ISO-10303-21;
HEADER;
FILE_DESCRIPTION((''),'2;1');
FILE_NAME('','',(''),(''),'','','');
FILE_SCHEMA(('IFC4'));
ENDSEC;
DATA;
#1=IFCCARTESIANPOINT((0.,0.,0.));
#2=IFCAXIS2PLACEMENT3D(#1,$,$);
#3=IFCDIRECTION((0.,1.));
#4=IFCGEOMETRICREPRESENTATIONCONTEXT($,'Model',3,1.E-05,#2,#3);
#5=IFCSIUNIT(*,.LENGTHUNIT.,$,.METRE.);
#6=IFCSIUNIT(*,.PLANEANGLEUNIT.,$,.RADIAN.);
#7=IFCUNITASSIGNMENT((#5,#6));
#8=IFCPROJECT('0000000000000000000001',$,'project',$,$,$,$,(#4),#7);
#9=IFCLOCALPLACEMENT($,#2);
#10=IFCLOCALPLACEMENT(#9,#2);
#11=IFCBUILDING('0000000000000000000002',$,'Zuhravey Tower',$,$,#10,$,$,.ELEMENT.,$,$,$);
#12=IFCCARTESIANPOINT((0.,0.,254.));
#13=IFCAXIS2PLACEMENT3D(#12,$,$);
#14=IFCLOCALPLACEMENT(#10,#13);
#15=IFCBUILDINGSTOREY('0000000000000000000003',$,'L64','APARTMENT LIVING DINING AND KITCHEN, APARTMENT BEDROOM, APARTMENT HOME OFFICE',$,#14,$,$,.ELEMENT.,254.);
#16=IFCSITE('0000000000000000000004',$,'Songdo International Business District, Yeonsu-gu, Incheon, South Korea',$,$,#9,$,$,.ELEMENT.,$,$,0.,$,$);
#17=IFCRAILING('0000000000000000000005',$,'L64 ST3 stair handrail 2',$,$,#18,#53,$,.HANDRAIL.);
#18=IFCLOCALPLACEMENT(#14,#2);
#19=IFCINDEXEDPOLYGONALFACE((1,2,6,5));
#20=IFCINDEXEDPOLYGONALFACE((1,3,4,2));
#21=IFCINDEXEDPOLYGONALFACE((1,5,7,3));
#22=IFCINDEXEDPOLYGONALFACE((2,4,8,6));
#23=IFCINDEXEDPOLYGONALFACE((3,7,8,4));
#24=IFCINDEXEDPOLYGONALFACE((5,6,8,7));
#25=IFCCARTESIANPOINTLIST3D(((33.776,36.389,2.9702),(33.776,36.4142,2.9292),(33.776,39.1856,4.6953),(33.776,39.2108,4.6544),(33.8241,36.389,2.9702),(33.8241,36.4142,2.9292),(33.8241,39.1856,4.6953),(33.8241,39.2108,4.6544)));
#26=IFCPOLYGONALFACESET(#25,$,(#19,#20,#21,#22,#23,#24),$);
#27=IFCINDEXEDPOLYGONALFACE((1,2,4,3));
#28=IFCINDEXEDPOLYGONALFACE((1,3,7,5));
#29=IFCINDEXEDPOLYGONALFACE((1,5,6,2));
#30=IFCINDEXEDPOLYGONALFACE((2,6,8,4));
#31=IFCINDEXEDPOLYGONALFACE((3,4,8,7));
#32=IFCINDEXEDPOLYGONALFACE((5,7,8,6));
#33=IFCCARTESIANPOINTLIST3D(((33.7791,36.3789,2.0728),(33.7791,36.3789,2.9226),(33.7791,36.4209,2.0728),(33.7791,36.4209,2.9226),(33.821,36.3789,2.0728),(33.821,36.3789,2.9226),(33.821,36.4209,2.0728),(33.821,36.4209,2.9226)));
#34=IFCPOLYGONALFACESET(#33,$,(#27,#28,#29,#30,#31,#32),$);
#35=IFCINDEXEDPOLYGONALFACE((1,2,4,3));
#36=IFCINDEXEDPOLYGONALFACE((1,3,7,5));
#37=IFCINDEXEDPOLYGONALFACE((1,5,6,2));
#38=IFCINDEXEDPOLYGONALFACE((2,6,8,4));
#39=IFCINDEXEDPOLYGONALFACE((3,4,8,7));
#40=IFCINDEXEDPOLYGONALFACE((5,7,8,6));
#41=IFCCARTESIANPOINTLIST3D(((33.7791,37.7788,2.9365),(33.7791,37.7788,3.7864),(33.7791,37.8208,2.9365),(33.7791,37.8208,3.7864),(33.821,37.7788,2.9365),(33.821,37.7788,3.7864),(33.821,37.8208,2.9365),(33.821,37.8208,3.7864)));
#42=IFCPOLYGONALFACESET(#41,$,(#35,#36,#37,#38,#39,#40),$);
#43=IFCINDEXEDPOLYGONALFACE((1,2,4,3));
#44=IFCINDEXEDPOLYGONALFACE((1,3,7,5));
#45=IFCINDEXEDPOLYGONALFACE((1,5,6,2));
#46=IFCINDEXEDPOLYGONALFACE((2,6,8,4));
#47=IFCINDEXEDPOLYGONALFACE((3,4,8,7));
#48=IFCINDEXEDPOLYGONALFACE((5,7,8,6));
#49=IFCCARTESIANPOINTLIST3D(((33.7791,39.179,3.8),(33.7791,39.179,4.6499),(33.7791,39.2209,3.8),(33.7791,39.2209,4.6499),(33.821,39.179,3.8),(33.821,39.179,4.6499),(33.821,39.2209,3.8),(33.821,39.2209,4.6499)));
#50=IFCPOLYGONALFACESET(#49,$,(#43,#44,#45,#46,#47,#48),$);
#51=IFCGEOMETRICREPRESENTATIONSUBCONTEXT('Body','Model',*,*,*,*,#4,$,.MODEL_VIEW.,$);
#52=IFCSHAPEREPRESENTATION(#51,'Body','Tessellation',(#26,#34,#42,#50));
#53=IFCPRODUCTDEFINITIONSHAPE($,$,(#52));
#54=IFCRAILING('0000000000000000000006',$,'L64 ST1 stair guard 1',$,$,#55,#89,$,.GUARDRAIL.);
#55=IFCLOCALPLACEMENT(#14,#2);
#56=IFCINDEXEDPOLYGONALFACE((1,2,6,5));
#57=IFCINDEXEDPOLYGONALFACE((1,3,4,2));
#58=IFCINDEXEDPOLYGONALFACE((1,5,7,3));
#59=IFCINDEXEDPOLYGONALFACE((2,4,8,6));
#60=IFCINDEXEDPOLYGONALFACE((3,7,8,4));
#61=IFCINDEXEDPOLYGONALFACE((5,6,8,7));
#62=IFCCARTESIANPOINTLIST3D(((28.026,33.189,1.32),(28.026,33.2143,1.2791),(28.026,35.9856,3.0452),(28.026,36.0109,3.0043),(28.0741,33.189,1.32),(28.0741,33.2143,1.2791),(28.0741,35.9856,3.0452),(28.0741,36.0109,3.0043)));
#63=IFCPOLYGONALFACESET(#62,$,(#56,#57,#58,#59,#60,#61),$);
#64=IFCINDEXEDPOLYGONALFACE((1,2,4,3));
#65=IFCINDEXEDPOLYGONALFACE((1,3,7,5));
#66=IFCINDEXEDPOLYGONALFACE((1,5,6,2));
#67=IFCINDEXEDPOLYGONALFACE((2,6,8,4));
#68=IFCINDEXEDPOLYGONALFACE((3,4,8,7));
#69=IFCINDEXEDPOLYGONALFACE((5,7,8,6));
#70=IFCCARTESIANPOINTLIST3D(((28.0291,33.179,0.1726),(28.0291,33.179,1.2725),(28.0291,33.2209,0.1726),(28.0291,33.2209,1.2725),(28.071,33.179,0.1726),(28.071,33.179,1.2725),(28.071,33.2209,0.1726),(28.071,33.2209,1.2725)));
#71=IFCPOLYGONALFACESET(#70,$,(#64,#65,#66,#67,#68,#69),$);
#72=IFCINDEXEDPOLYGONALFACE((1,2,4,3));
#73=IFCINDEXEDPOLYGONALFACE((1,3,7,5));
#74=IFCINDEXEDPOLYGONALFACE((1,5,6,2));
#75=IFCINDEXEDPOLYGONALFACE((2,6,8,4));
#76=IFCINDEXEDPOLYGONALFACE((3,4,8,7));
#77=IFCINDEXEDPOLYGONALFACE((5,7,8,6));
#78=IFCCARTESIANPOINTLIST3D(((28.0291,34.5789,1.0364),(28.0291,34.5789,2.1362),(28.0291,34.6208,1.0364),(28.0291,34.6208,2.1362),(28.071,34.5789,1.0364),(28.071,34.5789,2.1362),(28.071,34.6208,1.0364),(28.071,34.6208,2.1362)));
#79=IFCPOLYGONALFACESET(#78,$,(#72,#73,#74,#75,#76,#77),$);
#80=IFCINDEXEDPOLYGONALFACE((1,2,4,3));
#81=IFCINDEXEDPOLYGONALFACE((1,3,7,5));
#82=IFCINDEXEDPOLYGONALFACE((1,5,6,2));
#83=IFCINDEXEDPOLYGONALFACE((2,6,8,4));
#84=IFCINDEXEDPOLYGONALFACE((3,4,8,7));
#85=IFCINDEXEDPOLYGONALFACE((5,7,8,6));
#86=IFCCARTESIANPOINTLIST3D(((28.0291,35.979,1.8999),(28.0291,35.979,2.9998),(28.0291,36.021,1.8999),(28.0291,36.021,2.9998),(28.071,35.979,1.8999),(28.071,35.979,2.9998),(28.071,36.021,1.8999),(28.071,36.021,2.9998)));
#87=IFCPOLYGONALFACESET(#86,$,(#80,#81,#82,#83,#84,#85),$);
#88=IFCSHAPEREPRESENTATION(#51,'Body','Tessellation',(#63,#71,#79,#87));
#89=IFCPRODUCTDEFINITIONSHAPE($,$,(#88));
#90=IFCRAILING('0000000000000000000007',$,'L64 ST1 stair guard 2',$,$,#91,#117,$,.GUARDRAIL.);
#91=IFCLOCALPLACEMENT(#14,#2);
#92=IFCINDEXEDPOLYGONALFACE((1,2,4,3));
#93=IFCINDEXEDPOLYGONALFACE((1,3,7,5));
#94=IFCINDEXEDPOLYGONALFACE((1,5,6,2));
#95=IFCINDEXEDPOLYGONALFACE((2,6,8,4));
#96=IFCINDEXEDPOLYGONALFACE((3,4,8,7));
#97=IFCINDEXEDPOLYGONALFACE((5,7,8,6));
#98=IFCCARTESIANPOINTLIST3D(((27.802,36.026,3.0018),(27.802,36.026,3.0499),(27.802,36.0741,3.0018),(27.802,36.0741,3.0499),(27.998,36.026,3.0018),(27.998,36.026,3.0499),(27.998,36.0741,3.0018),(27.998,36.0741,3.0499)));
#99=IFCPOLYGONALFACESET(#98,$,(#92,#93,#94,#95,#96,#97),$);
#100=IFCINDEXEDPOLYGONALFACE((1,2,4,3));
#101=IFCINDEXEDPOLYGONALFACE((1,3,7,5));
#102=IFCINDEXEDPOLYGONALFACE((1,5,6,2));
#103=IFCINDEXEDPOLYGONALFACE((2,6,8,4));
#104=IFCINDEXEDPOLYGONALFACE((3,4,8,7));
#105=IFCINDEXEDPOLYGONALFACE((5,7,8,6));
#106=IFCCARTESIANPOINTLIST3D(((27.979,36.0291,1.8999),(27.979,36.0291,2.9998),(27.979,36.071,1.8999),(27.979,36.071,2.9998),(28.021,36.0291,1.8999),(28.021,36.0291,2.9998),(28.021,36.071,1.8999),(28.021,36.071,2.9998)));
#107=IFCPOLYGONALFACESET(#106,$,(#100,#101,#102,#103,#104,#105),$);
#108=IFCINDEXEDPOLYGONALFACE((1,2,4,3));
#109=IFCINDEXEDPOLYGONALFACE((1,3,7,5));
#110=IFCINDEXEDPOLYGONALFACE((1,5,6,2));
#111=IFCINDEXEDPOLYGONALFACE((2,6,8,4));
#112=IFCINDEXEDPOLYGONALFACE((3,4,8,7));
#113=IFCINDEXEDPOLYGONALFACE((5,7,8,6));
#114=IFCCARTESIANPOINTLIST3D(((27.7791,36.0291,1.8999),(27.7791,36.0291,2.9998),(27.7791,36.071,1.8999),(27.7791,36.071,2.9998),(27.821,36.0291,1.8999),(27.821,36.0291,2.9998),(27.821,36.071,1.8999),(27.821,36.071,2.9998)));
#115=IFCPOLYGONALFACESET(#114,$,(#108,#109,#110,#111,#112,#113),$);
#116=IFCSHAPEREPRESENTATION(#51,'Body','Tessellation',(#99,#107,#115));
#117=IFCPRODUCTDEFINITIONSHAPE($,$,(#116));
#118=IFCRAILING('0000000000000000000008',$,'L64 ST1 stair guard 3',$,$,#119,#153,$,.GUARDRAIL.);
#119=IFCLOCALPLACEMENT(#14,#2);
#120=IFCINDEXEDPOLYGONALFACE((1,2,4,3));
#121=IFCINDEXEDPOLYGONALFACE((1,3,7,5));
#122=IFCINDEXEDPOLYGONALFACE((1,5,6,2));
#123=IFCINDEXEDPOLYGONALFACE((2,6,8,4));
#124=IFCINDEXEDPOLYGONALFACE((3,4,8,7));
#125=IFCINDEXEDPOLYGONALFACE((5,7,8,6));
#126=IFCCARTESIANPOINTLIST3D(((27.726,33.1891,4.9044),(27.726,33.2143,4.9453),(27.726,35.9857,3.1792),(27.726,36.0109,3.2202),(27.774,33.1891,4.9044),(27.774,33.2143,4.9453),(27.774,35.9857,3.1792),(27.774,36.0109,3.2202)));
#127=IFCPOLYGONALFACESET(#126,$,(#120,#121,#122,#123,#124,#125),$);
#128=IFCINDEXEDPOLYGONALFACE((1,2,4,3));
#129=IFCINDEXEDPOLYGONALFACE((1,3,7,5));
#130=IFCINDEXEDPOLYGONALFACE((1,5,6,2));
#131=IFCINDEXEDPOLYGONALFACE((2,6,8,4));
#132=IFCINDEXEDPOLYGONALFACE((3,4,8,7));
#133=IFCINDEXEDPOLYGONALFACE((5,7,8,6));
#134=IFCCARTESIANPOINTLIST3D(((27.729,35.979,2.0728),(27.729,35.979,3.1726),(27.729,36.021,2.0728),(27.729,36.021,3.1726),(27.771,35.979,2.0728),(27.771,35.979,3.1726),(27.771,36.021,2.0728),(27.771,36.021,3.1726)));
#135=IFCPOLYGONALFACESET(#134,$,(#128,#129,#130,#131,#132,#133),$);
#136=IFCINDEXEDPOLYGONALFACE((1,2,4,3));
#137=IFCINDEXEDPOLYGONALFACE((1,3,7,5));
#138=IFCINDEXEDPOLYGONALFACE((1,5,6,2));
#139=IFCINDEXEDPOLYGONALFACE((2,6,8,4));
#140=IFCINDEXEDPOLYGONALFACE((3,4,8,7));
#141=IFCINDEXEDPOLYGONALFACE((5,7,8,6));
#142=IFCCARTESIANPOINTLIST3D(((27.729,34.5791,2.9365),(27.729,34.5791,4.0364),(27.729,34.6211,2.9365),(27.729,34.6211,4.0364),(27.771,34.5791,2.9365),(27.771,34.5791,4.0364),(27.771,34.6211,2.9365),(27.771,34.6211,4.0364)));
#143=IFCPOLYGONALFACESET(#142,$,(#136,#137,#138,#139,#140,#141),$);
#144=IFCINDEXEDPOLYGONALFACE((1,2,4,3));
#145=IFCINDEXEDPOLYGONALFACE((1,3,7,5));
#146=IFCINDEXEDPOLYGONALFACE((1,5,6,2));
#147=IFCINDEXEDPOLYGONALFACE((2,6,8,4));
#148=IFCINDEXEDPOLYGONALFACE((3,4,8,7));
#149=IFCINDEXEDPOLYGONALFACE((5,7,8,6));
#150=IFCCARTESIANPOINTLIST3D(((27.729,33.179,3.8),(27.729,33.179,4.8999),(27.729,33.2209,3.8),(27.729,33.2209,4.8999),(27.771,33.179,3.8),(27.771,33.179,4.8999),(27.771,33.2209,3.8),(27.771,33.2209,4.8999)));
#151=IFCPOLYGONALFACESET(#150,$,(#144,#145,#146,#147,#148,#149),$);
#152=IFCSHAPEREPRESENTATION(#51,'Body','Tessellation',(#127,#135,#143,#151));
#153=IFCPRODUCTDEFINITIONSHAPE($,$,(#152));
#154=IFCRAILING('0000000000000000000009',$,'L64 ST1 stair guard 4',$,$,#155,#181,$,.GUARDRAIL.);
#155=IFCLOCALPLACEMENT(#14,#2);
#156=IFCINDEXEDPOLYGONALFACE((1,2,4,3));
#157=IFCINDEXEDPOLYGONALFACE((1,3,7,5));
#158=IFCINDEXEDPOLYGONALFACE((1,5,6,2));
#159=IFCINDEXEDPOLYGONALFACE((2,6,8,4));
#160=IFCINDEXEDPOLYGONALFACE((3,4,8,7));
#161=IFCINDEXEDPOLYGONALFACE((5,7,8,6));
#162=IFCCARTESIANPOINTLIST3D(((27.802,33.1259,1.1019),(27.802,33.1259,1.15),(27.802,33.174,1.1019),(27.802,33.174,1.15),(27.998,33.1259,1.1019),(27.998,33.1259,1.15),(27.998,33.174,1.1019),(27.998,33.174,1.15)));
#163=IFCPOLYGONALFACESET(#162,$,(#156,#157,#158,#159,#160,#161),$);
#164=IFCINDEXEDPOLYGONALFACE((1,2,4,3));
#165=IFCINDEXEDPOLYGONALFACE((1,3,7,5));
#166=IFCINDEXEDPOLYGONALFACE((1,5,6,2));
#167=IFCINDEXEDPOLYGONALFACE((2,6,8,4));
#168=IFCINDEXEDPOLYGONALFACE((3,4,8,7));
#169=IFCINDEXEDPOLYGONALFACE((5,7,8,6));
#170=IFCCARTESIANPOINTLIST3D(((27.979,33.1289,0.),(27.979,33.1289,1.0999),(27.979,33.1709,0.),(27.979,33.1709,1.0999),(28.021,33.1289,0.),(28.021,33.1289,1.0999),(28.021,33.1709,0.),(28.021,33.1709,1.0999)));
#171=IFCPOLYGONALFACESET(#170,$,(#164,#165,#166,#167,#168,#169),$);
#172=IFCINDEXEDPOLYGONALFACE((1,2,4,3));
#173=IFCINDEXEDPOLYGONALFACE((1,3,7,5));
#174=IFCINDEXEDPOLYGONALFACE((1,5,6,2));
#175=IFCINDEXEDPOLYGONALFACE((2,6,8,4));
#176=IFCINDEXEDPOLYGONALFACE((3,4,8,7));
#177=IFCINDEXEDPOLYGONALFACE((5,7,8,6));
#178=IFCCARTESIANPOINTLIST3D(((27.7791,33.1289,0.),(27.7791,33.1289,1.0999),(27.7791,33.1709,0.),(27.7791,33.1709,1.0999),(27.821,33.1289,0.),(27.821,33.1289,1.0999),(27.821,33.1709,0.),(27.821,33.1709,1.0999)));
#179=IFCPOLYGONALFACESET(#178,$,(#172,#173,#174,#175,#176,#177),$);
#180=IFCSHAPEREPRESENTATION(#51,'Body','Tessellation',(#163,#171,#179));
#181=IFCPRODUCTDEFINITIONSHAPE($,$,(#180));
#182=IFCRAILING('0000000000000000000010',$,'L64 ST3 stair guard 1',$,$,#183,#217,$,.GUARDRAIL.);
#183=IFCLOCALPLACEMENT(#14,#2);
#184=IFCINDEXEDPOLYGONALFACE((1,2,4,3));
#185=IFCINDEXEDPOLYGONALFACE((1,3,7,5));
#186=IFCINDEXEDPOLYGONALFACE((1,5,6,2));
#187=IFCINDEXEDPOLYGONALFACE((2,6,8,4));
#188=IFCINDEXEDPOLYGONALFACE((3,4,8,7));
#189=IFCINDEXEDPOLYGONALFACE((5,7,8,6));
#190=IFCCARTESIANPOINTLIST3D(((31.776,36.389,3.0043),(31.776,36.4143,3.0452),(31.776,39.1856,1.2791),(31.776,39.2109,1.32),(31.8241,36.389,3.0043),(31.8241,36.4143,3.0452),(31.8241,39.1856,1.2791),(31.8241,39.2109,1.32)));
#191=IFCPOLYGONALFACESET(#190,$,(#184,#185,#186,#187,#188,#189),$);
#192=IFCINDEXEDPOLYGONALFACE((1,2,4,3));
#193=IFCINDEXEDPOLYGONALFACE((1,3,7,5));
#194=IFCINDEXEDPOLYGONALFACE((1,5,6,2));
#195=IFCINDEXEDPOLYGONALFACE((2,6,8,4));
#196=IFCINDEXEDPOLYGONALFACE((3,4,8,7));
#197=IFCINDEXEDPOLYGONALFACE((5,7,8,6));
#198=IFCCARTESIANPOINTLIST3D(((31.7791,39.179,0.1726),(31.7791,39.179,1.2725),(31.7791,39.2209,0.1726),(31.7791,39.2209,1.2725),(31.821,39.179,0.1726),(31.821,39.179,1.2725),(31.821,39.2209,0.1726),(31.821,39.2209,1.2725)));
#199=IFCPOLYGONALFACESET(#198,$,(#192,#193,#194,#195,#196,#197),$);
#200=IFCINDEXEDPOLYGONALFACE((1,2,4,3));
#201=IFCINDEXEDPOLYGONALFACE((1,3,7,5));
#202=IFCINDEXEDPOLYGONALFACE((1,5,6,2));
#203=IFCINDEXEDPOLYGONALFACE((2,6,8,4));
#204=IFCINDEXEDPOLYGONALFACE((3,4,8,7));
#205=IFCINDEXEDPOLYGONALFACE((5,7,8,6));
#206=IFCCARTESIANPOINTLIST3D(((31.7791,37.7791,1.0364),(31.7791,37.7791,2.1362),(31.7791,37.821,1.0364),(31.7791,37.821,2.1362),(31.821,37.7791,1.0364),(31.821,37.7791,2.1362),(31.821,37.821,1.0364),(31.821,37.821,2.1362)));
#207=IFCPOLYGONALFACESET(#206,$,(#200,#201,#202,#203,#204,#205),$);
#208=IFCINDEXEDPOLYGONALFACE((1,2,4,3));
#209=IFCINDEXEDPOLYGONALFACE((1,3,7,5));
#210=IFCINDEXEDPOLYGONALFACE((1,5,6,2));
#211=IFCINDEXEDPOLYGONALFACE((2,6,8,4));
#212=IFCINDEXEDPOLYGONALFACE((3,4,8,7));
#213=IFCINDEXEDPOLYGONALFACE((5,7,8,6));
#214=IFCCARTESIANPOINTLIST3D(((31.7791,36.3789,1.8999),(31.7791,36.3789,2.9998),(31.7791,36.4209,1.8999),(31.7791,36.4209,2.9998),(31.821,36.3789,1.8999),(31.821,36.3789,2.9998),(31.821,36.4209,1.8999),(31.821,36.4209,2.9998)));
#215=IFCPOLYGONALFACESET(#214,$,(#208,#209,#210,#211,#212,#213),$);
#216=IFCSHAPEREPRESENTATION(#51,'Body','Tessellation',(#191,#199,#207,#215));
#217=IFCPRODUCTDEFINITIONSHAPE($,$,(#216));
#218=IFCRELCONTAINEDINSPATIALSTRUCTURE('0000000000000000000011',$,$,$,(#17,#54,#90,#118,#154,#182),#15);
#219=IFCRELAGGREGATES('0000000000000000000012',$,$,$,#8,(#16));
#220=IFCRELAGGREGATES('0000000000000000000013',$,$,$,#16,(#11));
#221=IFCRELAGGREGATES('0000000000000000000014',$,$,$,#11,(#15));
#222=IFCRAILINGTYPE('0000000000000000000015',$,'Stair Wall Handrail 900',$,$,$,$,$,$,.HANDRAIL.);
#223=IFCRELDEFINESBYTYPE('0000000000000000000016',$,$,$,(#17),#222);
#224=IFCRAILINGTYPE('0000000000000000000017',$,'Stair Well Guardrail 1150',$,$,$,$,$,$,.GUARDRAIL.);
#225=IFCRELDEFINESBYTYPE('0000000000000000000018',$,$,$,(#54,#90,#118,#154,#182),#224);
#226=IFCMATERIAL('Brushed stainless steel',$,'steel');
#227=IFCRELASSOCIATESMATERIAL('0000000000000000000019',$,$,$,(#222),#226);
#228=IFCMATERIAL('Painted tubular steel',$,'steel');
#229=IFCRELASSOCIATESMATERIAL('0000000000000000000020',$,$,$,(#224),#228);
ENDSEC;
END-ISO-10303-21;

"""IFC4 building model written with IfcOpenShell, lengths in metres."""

from ifc_helpers import new_model, si_unit, direction, frame, origin, origin_2d, place, context, subcontext, project, spatial, rectangle, extrude, material, type_object, element, save


model = new_model("IFC4")

# Units and contexts
model_context = context("Model", 3, precision=1e-05, world=origin(), true_north=direction((0.0, 1.0)))
body_context = subcontext(model_context, "Body", "Model", "MODEL_VIEW")
ifc_project = project(units=[si_unit("LENGTHUNIT", "METRE"), si_unit("PLANEANGLEUNIT", "RADIAN")], contexts=[model_context])

# Site, building, storey
site_placement = place(None, origin())
site = spatial("IfcSite", under=ifc_project, at=site_placement, Name="Songdo International Business District, Yeonsu-gu, Incheon, South Korea", CompositionType="ELEMENT", RefElevation=0.0)
building_placement = place(site_placement, origin())
building = spatial("IfcBuilding", under=site, at=building_placement, Name="Zuhravey Tower", CompositionType="ELEMENT")
storey_placement = place(building_placement, frame((0.0, 0.0, 254.0)))
storey = spatial("IfcBuildingStorey", under=building, at=storey_placement, Name="L64", Description="APARTMENT LIVING DINING AND KITCHEN, APARTMENT BEDROOM, APARTMENT HOME OFFICE", CompositionType="ELEMENT", Elevation=254.0)

# Railings
ifc_material_1 = material(Name="Brushed stainless steel", Category="steel")
railing_type_1 = type_object("IfcRailingType", Name="Stair Wall Handrail 900", PredefinedType="HANDRAIL", material=ifc_material_1)
railing_1_placement = place(storey_placement, frame((33.8, 36.3999, 2.0728)))
element("IfcRailing", 1, at=railing_1_placement, inside=storey, type_object=railing_type_1, Name="L64 ST3 stair handrail 2", PredefinedType="HANDRAIL", context=body_context, shape_type="SweptSolid", body=[
    extrude(rectangle(XDim=0.0481, YDim=0.0481, at=origin_2d()), frame((0.0, 0.0017, 0.877), z_axis=(0.0, 0.85109, 0.52502), x_axis=(-1.0, 0.0, 0.0)), (0.0, 0.0, 1.0), 3.2859),
    extrude(rectangle(XDim=0.042, YDim=0.042, at=origin_2d()), origin(), (0.0, 0.0, 1.0), 0.8499),
    extrude(rectangle(XDim=0.042, YDim=0.042, at=origin_2d()), frame((0.0, 1.3999, 0.8638)), (0.0, 0.0, 1.0), 0.8499),
    extrude(rectangle(XDim=0.042, YDim=0.042, at=origin_2d()), frame((0.0, 2.8, 1.7273)), (0.0, 0.0, 1.0), 0.8499),
])
ifc_material_2 = material(Name="Painted tubular steel", Category="steel")
railing_type_2 = type_object("IfcRailingType", Name="Stair Well Guardrail 1150", PredefinedType="GUARDRAIL", material=ifc_material_2)
railing_2_placement = place(storey_placement, frame((28.05, 33.2, 0.1726)))
element("IfcRailing", 2, at=railing_2_placement, inside=storey, type_object=railing_type_2, Name="L64 ST1 stair guard 1", PredefinedType="GUARDRAIL", context=body_context, shape_type="SweptSolid", body=[
    extrude(rectangle(XDim=0.0481, YDim=0.0481, at=origin_2d()), frame((0.0, 0.0017, 1.127), z_axis=(0.0, 0.85109, 0.52502), x_axis=(-1.0, 0.0, 0.0)), (0.0, 0.0, 1.0), 3.2859),
    extrude(rectangle(XDim=0.042, YDim=0.042, at=origin_2d()), origin(), (0.0, 0.0, 1.0), 1.0999),
    extrude(rectangle(XDim=0.042, YDim=0.042, at=origin_2d()), frame((0.0, 1.3999, 0.8638)), (0.0, 0.0, 1.0), 1.0999),
    extrude(rectangle(XDim=0.042, YDim=0.042, at=origin_2d()), frame((0.0, 2.8, 1.7273)), (0.0, 0.0, 1.0), 1.0999),
])
railing_3_placement = place(storey_placement, frame((28.0, 36.05, 1.8999)))
element("IfcRailing", 3, at=railing_3_placement, inside=storey, type_object=railing_type_2, Name="L64 ST1 stair guard 2", PredefinedType="GUARDRAIL", context=body_context, shape_type="SweptSolid", body=[
    extrude(rectangle(XDim=0.0481, YDim=0.0481, at=origin_2d()), frame((-0.002, 0.0, 1.126), z_axis=(-1.0, 0.0, 0.0), x_axis=(0.0, -1.0, 0.0)), (0.0, 0.0, 1.0), 0.196),
    extrude(rectangle(XDim=0.042, YDim=0.042, at=origin_2d()), origin(), (0.0, 0.0, 1.0), 1.0999),
    extrude(rectangle(XDim=0.042, YDim=0.042, at=origin_2d()), frame((-0.2, 0.0, 0.0)), (0.0, 0.0, 1.0), 1.0999),
])
railing_4_placement = place(storey_placement, frame((27.75, 36.0, 2.0728)))
element("IfcRailing", 4, at=railing_4_placement, inside=storey, type_object=railing_type_2, Name="L64 ST1 stair guard 3", PredefinedType="GUARDRAIL", context=body_context, shape_type="SweptSolid", body=[
    extrude(rectangle(XDim=0.0481, YDim=0.0481, at=origin_2d()), frame((0.0, -0.0017, 1.127), z_axis=(0.0, -0.85109, 0.52502), x_axis=(1.0, 0.0, 0.0)), (0.0, 0.0, 1.0), 3.2859),
    extrude(rectangle(XDim=0.042, YDim=0.042, at=origin_2d()), origin(), (0.0, 0.0, 1.0), 1.0999),
    extrude(rectangle(XDim=0.042, YDim=0.042, at=origin_2d()), frame((0.0, -1.3999, 0.8638)), (0.0, 0.0, 1.0), 1.0999),
    extrude(rectangle(XDim=0.042, YDim=0.042, at=origin_2d()), frame((0.0, -2.8, 1.7273)), (0.0, 0.0, 1.0), 1.0999),
])
railing_5_placement = place(storey_placement, frame((28.0, 33.1499, 0.0)))
element("IfcRailing", 5, at=railing_5_placement, inside=storey, type_object=railing_type_2, Name="L64 ST1 stair guard 4", PredefinedType="GUARDRAIL", context=body_context, shape_type="SweptSolid", body=[
    extrude(rectangle(XDim=0.0481, YDim=0.0481, at=origin_2d()), frame((-0.002, 0.0, 1.126), z_axis=(-1.0, 0.0, 0.0), x_axis=(0.0, -1.0, 0.0)), (0.0, 0.0, 1.0), 0.196),
    extrude(rectangle(XDim=0.042, YDim=0.042, at=origin_2d()), origin(), (0.0, 0.0, 1.0), 1.0999),
    extrude(rectangle(XDim=0.042, YDim=0.042, at=origin_2d()), frame((-0.2, 0.0, 0.0)), (0.0, 0.0, 1.0), 1.0999),
])
railing_6_placement = place(storey_placement, frame((31.8, 39.2, 0.1726)))
element("IfcRailing", 6, at=railing_6_placement, inside=storey, type_object=railing_type_2, Name="L64 ST3 stair guard 1", PredefinedType="GUARDRAIL", context=body_context, shape_type="SweptSolid", body=[
    extrude(rectangle(XDim=0.0481, YDim=0.0481, at=origin_2d()), frame((0.0, -0.0017, 1.127), z_axis=(0.0, -0.85109, 0.52502), x_axis=(1.0, 0.0, 0.0)), (0.0, 0.0, 1.0), 3.2859),
    extrude(rectangle(XDim=0.042, YDim=0.042, at=origin_2d()), origin(), (0.0, 0.0, 1.0), 1.0999),
    extrude(rectangle(XDim=0.042, YDim=0.042, at=origin_2d()), frame((0.0, -1.3999, 0.8638)), (0.0, 0.0, 1.0), 1.0999),
    extrude(rectangle(XDim=0.042, YDim=0.042, at=origin_2d()), frame((0.0, -2.8, 1.7273)), (0.0, 0.0, 1.0), 1.0999),
])

save(model, "model.ifc")
